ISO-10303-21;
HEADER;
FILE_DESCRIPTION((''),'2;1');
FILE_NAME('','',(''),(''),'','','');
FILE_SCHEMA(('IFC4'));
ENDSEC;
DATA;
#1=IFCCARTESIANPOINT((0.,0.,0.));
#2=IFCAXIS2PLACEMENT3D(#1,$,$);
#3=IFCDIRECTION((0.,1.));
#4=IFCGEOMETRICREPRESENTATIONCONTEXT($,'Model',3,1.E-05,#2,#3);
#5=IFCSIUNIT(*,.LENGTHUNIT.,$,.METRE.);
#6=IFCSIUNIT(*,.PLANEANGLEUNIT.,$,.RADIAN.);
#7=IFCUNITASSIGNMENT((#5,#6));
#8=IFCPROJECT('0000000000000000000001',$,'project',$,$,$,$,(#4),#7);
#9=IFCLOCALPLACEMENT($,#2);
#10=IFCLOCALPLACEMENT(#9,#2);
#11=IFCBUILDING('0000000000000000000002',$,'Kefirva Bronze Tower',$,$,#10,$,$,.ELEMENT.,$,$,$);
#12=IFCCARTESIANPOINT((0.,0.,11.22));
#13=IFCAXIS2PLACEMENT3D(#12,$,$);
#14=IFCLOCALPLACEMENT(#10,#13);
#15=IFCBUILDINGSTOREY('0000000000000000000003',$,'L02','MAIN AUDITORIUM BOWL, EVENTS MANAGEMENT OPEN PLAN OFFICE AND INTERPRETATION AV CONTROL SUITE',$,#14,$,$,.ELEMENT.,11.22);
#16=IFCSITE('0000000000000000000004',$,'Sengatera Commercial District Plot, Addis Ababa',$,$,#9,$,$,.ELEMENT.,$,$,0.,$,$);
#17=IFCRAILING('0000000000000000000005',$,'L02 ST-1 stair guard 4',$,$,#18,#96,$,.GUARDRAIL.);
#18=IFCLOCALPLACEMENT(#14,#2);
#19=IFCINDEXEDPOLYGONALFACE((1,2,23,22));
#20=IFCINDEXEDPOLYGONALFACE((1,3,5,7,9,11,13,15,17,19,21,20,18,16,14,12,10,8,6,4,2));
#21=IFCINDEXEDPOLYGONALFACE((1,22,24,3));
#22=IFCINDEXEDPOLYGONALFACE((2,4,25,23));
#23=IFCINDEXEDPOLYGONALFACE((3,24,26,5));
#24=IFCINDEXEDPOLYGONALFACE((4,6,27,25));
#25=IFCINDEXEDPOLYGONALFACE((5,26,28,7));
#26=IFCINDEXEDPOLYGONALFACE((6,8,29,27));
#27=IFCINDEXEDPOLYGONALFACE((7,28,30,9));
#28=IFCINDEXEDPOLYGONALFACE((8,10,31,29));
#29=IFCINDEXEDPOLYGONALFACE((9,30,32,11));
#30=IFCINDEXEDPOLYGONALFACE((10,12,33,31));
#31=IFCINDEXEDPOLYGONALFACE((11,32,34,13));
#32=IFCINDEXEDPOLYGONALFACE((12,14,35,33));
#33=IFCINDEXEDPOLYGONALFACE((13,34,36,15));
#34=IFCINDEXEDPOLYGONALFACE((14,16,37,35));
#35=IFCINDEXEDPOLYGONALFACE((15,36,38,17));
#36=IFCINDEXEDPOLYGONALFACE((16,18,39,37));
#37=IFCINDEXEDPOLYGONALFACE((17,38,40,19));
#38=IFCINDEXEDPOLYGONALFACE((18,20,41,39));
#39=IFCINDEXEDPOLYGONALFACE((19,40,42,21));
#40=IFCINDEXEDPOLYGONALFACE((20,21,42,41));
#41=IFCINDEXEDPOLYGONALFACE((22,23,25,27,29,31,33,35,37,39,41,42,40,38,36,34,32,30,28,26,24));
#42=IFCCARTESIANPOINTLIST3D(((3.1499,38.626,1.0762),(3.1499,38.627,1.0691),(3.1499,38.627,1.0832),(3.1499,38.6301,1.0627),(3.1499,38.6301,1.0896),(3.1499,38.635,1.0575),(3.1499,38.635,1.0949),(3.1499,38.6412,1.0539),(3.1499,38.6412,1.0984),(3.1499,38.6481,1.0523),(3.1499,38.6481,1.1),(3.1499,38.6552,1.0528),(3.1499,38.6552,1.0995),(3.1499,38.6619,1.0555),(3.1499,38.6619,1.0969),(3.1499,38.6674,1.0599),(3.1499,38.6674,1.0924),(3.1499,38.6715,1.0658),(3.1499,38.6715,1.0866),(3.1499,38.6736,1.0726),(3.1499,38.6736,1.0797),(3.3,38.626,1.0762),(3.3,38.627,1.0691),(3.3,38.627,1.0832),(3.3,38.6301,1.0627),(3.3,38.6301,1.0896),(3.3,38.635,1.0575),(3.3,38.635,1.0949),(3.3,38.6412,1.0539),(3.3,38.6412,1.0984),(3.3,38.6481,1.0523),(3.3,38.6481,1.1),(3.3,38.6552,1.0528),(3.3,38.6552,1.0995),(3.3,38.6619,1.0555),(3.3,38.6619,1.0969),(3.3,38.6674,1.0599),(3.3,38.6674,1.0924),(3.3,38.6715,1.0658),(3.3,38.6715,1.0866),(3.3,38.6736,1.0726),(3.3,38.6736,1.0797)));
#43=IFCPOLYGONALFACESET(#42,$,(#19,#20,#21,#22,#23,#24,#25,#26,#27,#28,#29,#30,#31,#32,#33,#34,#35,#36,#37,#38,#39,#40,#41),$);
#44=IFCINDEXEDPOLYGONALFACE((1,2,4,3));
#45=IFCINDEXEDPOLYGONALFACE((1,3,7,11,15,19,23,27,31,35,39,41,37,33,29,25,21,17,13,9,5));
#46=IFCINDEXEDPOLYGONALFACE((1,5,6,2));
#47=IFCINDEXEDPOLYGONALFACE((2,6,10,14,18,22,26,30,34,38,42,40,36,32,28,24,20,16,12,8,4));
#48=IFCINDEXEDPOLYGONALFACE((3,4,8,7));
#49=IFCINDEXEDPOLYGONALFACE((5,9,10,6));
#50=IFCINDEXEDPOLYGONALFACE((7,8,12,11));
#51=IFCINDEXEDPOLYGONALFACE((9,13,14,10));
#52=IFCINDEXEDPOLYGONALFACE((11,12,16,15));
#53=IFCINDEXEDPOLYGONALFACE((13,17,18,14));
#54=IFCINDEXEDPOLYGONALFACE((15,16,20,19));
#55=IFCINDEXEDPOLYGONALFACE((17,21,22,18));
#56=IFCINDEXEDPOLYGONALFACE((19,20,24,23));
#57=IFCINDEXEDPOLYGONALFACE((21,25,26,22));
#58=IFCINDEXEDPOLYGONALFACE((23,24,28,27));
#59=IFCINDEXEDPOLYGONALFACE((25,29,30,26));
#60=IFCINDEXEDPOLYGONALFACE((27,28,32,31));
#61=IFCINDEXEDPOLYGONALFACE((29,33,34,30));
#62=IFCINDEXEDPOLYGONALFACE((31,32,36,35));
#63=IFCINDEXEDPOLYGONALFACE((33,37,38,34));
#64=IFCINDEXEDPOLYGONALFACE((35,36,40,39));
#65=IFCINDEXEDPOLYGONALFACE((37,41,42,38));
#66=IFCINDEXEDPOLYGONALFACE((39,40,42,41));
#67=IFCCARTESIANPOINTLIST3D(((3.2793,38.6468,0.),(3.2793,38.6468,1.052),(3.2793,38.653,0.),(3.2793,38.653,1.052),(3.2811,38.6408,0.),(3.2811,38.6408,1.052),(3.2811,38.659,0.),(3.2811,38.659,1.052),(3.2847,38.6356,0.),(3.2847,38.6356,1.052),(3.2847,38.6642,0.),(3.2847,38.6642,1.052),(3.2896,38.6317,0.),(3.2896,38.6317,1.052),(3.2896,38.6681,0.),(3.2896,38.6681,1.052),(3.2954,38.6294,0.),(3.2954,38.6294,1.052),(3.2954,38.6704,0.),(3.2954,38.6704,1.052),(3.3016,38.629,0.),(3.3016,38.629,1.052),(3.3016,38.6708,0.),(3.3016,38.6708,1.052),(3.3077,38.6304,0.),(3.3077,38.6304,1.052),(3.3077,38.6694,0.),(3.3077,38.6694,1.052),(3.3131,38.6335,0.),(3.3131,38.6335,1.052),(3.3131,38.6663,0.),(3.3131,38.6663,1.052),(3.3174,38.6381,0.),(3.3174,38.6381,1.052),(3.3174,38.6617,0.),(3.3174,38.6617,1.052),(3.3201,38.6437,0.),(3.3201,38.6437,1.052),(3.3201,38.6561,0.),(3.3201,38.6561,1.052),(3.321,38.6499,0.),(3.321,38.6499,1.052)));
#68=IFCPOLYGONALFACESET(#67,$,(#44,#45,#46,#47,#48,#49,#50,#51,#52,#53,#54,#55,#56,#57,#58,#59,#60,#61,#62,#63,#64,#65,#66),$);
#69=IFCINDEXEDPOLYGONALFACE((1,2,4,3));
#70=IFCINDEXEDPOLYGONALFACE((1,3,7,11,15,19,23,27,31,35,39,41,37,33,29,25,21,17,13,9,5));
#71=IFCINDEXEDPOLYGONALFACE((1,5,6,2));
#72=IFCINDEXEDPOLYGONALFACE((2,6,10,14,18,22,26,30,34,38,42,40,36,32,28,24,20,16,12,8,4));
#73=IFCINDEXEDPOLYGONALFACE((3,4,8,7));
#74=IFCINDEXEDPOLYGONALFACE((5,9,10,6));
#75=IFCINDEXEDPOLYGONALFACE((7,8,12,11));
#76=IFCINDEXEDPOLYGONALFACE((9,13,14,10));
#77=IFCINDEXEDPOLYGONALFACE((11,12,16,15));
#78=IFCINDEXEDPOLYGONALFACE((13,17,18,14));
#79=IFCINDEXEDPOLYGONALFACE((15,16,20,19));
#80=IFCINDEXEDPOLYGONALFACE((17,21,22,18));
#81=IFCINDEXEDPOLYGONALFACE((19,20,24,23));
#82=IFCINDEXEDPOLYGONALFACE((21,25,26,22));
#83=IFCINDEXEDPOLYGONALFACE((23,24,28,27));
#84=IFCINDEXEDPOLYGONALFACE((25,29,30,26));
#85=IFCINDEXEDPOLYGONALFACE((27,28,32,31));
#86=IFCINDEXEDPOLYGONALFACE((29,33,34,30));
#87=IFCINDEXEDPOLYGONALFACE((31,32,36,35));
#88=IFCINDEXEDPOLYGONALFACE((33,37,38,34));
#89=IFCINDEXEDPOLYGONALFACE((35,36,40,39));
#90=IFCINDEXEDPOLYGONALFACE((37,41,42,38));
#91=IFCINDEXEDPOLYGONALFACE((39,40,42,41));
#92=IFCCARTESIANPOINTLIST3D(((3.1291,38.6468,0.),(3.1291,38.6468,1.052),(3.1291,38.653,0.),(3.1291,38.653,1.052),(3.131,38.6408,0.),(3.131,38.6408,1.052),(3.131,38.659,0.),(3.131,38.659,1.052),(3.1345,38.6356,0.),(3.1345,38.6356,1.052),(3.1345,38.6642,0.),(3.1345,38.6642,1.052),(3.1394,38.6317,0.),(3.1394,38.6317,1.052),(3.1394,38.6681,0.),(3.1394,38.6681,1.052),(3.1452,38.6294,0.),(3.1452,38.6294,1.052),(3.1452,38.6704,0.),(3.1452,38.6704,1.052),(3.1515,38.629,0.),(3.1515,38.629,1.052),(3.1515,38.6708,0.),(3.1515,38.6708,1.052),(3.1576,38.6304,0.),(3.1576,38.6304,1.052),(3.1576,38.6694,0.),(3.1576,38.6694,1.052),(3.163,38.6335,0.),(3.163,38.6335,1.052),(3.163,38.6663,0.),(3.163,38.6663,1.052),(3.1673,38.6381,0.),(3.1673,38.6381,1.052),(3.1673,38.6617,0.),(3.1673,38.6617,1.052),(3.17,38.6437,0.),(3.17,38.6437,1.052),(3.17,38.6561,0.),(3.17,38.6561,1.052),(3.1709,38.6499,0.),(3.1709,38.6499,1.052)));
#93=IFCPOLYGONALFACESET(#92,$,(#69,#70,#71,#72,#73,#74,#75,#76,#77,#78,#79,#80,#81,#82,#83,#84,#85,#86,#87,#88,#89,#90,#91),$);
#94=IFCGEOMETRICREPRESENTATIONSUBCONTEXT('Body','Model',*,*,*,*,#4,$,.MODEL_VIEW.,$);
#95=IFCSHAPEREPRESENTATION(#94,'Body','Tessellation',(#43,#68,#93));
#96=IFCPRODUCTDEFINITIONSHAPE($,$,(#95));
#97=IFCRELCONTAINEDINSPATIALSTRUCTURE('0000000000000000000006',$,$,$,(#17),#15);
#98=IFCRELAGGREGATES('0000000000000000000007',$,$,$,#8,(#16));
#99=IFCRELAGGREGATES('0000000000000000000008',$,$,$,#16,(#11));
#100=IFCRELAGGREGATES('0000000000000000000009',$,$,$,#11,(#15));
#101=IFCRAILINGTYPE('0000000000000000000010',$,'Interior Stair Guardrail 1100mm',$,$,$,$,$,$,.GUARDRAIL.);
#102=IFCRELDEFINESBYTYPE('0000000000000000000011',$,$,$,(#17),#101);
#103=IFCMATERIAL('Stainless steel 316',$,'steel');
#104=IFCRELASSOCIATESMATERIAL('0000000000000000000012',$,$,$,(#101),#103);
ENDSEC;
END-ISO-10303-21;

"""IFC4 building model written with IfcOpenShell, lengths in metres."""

from ifc_helpers import new_model, si_unit, direction, frame, origin, origin_2d, place, context, subcontext, project, spatial, circle, extrude, material, type_object, element, save


model = new_model("IFC4")

# Units and contexts
model_context = context("Model", 3, precision=1e-05, world=origin(), true_north=direction((0.0, 1.0)))
body_context = subcontext(model_context, "Body", "Model", "MODEL_VIEW")
ifc_project = project(units=[si_unit("LENGTHUNIT", "METRE"), si_unit("PLANEANGLEUNIT", "RADIAN")], contexts=[model_context])

# Site, building, storey
site_placement = place(None, origin())
site = spatial("IfcSite", under=ifc_project, at=site_placement, Name="Sengatera Commercial District Plot, Addis Ababa", CompositionType="ELEMENT", RefElevation=0.0)
building_placement = place(site_placement, origin())
building = spatial("IfcBuilding", under=site, at=building_placement, Name="Kefirva Bronze Tower", CompositionType="ELEMENT")
storey_placement = place(building_placement, frame((0.0, 0.0, 11.22)))
storey = spatial("IfcBuildingStorey", under=building, at=storey_placement, Name="L02", Description="MAIN AUDITORIUM BOWL, EVENTS MANAGEMENT OPEN PLAN OFFICE AND INTERPRETATION AV CONTROL SUITE", CompositionType="ELEMENT", Elevation=11.22)

# Shared definitions
ifc_material_1 = material(Name="Stainless steel 316", Category="steel")

# Railing
railing_type_1 = type_object("IfcRailingType", Name="Interior Stair Guardrail 1100mm", PredefinedType="GUARDRAIL", material=ifc_material_1)
railing_1_placement = place(storey_placement, frame((3.3, 38.6499, 0.0)))
element("IfcRailing", 1, at=railing_1_placement, inside=storey, type_object=railing_type_1, Name="L02 ST-1 stair guard 4", PredefinedType="GUARDRAIL", context=body_context, shape_type="SweptSolid", body=[
    extrude(circle(Radius=0.0239, at=origin_2d()), frame((0.0, 0.0, 1.0762), z_axis=(-1.0, 0.0, 0.0), x_axis=(0.0, -1.0, 0.0)), (0.0, 0.0, 1.0), 0.1501),
    extrude(circle(Radius=0.021, at=origin_2d()), origin(), (0.0, 0.0, 1.0), 1.052),
    extrude(circle(Radius=0.021, at=origin_2d()), frame((-0.1501, 0.0, 0.0)), (0.0, 0.0, 1.0), 1.052),
])

save(model, "model.ifc")
